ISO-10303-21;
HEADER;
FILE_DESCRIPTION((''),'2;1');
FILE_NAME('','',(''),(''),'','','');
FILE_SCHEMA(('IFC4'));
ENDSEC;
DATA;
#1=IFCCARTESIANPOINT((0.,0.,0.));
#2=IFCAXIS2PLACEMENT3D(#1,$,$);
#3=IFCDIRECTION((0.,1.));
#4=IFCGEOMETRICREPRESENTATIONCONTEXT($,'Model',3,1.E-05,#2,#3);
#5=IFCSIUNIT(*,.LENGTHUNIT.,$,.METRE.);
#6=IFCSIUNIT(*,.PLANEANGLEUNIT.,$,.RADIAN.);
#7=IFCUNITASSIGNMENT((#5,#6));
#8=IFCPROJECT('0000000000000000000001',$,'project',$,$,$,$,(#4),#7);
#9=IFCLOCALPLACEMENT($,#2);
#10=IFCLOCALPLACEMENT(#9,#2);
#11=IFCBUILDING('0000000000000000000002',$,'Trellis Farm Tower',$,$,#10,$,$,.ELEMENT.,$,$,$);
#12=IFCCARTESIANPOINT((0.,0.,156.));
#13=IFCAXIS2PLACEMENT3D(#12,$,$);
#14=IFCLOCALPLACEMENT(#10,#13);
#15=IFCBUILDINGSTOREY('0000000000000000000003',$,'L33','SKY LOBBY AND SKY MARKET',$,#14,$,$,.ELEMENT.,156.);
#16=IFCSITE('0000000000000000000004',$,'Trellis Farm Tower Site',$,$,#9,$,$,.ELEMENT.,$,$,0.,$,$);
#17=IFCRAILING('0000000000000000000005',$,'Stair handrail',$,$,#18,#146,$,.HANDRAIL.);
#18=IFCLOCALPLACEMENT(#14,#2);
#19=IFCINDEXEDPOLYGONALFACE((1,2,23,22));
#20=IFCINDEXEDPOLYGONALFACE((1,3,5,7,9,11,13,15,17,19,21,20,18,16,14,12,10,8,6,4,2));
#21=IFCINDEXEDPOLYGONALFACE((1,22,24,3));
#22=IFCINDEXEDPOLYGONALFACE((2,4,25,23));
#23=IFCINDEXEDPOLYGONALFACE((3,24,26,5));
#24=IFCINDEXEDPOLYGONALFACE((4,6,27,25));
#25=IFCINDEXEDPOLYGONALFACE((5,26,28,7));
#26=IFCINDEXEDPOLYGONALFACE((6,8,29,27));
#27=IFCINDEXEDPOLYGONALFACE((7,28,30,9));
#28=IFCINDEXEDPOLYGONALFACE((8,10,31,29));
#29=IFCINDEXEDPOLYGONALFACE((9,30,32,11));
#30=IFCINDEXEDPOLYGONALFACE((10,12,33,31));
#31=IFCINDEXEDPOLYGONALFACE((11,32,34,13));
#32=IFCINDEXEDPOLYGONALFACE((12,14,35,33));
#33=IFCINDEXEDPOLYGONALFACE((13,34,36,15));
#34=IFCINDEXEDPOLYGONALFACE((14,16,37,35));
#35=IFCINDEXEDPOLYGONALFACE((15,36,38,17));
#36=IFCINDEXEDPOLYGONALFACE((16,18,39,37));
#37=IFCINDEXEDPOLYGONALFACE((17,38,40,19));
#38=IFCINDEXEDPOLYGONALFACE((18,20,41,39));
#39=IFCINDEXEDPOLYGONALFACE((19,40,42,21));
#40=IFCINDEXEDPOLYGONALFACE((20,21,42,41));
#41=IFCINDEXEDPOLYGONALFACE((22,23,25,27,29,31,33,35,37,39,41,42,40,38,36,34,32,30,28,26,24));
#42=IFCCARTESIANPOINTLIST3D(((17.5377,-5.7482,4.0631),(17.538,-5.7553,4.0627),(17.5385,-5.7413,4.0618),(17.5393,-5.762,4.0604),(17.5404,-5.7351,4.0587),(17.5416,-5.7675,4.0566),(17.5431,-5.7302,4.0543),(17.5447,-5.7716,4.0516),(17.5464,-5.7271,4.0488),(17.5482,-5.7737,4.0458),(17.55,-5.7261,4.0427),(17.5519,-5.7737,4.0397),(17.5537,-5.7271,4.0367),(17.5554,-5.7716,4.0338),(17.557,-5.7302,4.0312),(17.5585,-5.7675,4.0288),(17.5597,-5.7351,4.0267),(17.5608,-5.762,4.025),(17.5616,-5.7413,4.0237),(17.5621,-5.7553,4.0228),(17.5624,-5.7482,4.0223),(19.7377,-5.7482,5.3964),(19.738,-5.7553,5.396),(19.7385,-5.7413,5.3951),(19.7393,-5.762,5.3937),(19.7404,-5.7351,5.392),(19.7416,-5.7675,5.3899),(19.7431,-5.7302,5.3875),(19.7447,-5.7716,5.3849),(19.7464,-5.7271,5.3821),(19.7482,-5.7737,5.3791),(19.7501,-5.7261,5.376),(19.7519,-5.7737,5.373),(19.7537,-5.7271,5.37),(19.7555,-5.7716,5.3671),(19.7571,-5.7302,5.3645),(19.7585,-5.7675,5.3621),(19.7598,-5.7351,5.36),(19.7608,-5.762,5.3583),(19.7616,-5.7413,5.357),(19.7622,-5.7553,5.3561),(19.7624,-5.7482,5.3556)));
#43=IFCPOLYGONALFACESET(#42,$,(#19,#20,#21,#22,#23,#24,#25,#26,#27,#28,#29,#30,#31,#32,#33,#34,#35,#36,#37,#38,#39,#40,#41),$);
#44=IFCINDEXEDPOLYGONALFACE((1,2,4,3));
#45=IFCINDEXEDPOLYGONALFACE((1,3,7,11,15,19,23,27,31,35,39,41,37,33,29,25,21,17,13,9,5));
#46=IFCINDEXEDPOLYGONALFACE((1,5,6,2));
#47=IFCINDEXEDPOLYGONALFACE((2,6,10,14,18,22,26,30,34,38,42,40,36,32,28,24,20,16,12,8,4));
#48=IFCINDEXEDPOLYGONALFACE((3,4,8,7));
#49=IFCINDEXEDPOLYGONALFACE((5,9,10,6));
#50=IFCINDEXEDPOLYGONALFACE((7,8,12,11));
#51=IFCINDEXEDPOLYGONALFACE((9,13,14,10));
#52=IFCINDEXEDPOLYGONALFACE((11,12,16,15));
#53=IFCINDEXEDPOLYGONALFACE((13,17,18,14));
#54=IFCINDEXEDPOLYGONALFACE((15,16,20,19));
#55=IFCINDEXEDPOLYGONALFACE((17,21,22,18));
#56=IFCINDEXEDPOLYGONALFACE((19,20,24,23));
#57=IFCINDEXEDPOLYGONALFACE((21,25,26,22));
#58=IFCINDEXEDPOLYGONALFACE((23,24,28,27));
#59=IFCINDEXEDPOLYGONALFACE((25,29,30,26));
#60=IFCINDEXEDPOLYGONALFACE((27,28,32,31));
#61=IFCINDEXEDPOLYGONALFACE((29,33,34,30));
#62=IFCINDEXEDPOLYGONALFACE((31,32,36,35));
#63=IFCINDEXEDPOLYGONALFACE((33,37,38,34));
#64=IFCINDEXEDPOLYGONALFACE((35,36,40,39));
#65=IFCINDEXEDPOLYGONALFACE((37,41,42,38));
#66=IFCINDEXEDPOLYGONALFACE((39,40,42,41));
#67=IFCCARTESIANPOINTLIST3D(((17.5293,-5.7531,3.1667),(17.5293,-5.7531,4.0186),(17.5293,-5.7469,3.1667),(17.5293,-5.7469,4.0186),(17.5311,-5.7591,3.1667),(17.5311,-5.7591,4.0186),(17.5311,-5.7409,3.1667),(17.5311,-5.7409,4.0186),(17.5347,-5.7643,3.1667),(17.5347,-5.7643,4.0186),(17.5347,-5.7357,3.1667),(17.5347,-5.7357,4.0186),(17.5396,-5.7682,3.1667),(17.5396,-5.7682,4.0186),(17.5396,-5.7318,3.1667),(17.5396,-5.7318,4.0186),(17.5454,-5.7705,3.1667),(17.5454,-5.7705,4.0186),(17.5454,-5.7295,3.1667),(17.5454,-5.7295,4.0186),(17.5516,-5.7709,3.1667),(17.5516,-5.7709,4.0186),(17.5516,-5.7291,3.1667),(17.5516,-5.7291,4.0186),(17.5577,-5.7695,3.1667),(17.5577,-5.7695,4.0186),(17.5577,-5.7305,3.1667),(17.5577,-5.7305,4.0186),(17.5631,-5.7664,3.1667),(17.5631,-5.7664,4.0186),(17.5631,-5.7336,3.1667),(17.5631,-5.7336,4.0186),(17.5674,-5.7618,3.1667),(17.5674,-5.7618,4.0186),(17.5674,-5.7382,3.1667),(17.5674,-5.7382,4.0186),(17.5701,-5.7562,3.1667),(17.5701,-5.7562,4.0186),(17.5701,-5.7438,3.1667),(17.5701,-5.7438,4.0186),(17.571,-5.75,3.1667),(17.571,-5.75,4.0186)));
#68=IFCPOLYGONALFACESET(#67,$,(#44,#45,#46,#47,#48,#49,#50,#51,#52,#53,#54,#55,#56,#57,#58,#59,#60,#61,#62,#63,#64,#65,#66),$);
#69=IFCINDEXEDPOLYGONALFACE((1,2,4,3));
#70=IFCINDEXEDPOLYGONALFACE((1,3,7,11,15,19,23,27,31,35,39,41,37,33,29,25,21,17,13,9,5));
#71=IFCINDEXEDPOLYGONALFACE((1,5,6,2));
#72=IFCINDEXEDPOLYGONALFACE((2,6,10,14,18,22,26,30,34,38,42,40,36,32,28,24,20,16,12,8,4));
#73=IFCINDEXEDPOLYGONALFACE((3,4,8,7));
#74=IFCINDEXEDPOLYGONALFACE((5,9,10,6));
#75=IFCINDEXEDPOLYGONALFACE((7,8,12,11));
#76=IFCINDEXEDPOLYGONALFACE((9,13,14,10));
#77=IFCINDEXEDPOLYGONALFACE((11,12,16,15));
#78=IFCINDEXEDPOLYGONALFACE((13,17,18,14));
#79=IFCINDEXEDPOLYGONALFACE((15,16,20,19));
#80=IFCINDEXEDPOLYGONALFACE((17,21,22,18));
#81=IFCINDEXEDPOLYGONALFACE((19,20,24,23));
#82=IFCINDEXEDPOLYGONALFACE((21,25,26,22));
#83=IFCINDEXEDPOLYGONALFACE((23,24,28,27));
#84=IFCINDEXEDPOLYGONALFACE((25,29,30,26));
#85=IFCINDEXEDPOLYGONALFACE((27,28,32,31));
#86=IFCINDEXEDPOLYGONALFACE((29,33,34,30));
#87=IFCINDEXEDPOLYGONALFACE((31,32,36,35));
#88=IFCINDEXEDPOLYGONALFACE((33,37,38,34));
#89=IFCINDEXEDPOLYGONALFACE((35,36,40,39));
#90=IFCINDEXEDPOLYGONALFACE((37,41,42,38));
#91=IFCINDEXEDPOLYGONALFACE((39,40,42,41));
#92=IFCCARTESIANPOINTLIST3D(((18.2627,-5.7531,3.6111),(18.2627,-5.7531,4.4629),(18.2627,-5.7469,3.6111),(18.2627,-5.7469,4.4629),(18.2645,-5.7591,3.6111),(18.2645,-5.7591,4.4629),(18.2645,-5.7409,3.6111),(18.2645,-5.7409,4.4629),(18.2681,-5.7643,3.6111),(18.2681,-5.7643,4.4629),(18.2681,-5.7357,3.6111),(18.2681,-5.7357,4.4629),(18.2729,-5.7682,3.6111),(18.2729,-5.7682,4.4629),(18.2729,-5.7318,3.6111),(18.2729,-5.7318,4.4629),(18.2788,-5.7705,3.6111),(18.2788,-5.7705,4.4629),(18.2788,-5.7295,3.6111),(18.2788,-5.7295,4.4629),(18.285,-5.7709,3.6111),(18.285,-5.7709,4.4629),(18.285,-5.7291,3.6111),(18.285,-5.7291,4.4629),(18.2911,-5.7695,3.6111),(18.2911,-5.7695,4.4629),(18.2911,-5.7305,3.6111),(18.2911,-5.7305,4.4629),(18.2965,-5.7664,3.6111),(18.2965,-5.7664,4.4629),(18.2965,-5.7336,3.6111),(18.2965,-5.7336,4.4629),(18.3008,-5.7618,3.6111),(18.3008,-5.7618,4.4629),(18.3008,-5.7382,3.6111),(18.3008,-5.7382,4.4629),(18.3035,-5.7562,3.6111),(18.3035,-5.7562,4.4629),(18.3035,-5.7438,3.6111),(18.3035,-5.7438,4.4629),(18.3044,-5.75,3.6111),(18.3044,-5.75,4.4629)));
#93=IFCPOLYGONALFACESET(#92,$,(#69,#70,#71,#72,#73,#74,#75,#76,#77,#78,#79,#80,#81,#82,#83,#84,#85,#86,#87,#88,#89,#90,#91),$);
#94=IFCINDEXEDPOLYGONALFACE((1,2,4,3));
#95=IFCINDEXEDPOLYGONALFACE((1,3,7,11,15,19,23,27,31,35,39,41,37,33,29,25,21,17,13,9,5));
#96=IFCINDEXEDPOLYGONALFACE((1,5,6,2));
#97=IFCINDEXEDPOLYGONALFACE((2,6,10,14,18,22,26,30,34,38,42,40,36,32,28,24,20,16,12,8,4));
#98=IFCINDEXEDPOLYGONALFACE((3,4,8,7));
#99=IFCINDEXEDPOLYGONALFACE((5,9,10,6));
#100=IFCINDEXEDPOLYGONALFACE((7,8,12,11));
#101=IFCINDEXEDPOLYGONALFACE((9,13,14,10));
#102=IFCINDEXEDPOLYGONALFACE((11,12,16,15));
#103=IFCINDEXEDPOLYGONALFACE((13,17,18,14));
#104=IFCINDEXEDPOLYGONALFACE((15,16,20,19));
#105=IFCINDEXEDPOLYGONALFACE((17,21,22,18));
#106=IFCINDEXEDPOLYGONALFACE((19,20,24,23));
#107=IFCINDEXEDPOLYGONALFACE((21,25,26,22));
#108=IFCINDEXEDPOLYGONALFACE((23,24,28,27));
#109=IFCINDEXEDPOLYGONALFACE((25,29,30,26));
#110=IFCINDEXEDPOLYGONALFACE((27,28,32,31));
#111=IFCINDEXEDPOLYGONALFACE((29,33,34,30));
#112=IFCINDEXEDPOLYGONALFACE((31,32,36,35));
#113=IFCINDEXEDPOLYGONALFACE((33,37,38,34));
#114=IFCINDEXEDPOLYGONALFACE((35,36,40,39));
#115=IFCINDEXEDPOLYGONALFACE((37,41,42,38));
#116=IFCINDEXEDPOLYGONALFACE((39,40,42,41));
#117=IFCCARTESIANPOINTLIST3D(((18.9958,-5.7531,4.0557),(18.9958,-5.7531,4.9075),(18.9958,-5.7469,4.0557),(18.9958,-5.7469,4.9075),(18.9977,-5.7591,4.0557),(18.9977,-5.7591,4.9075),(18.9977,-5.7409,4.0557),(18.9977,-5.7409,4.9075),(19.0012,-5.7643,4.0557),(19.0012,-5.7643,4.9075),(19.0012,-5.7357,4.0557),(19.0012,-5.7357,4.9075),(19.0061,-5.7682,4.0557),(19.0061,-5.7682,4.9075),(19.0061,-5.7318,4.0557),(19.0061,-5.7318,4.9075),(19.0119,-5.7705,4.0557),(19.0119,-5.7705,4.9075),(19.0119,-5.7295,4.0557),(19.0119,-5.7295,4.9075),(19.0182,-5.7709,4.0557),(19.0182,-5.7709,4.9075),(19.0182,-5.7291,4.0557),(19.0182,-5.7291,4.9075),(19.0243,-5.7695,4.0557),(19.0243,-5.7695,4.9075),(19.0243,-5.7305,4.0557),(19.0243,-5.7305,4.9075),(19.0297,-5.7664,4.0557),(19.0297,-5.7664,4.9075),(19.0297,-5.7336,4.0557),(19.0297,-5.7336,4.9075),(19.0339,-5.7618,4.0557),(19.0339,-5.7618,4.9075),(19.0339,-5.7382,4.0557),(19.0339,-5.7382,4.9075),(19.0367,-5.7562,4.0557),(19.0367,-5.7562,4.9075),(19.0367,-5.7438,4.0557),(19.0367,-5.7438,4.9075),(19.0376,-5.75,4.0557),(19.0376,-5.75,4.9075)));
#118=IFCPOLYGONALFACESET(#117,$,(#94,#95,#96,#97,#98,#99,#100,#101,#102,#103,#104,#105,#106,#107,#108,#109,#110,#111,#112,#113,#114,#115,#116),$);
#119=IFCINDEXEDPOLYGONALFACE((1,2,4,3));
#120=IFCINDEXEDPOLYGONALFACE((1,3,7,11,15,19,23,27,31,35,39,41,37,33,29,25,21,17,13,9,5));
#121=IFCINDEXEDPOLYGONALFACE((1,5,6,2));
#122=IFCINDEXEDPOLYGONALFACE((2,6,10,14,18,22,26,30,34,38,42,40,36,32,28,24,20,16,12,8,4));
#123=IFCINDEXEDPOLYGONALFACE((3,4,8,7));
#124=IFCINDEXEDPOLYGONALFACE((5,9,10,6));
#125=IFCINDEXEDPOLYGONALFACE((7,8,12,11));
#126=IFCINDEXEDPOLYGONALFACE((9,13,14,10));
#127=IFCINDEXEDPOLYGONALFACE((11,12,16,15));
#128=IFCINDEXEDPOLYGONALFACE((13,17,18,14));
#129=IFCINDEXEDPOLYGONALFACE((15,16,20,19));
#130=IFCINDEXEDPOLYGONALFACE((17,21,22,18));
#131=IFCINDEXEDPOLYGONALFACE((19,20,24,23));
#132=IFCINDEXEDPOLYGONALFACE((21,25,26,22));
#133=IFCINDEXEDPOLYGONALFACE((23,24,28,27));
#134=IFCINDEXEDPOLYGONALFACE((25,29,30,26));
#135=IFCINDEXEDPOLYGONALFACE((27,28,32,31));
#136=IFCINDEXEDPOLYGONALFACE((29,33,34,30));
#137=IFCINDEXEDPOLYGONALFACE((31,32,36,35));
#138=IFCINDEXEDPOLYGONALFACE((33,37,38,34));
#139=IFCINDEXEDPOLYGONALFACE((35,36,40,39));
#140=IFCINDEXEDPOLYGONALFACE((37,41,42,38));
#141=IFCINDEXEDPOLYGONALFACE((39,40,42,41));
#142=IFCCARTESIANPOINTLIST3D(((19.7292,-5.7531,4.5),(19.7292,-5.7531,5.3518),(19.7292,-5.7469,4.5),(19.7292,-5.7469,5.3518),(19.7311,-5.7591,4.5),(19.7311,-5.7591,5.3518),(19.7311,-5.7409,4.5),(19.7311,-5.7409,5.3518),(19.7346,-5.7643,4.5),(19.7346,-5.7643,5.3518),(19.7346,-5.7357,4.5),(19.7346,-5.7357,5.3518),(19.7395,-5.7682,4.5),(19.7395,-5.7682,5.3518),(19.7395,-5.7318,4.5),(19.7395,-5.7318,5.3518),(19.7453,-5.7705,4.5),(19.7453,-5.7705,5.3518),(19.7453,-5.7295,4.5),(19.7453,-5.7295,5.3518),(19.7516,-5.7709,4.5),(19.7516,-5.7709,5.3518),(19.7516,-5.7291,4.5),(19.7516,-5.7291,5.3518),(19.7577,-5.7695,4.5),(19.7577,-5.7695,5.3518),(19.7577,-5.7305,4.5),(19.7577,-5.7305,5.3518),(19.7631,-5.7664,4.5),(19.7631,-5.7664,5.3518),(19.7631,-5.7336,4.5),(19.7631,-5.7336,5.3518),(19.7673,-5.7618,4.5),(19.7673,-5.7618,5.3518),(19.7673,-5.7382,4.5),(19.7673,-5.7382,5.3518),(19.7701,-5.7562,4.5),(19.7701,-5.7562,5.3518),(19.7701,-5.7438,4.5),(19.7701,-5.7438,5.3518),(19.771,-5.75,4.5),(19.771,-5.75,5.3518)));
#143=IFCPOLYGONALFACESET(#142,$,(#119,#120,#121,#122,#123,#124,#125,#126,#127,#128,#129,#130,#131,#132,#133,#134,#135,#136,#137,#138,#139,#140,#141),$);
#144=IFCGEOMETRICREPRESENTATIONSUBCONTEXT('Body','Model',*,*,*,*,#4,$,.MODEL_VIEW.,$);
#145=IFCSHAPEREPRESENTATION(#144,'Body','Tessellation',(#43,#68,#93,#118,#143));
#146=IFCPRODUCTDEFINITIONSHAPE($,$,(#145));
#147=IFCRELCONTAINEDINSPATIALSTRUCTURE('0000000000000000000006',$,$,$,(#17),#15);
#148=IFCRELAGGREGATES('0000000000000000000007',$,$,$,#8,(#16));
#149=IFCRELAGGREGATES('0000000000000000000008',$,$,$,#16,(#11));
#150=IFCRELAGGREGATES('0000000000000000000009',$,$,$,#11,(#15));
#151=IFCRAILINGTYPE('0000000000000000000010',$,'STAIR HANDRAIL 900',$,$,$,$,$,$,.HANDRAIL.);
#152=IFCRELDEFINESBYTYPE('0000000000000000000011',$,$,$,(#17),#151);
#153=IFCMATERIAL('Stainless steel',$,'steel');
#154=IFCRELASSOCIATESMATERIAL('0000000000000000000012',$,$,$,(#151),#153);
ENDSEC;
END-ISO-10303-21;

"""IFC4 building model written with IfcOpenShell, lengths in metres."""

from ifc_helpers import new_model, si_unit, direction, frame, origin, origin_2d, place, context, subcontext, project, spatial, circle, extrude, source, transform, mapped, material, type_object, element, save


model = new_model("IFC4")

# Units and contexts
model_context = context("Model", 3, precision=1e-05, world=origin(), true_north=direction((0.0, 1.0)))
body_context = subcontext(model_context, "Body", "Model", "MODEL_VIEW")
ifc_project = project(units=[si_unit("LENGTHUNIT", "METRE"), si_unit("PLANEANGLEUNIT", "RADIAN")], contexts=[model_context])

# Site, building, storey
site_placement = place(None, origin())
site = spatial("IfcSite", under=ifc_project, at=site_placement, Name="Trellis Farm Tower Site", CompositionType="ELEMENT", RefElevation=0.0)
building_placement = place(site_placement, origin())
building = spatial("IfcBuilding", under=site, at=building_placement, Name="Trellis Farm Tower", CompositionType="ELEMENT")
storey_placement = place(building_placement, frame((0.0, 0.0, 156.0)))
storey = spatial("IfcBuildingStorey", under=building, at=storey_placement, Name="L33", Description="SKY LOBBY AND SKY MARKET", CompositionType="ELEMENT", Elevation=156.0)

# Railing
ifc_material_1 = material(Name="Stainless steel", Category="steel")
railing_type = type_object("IfcRailingType", Name="STAIR HANDRAIL 900", PredefinedType="HANDRAIL", material=ifc_material_1)
shared_shape_1 = source(origin(), body_context, "Body", "SweptSolid", [
    extrude(circle(Radius=0.0239, at=origin_2d()), frame((0.0, 0.0, 0.876), z_axis=(0.855207, 0.0, 0.518287), x_axis=(0.0, 1.0, 0.0)), (0.0, 0.0, 1.0), 2.5725),
    extrude(circle(Radius=0.021, at=origin_2d()), origin(), (0.0, 0.0, 1.0), 0.8518),
    extrude(circle(Radius=0.021, at=origin_2d()), frame((0.7334, 0.0, 0.4443)), (0.0, 0.0, 1.0), 0.8518),
    extrude(circle(Radius=0.021, at=origin_2d()), frame((1.4666, 0.0, 0.8889)), (0.0, 0.0, 1.0), 0.8518),
    extrude(circle(Radius=0.021, at=origin_2d()), frame((2.2, 0.0, 1.3333)), (0.0, 0.0, 1.0), 0.8518),
])
for number, where, name in (
    (1, (17.55, -5.75, 3.1667), "Stair handrail"),
):
    element("IfcRailing", number, at=place(storey_placement, frame(where)), inside=storey, type_object=railing_type, Name=name, PredefinedType="HANDRAIL", context=body_context, shape_type="MappedRepresentation", body=[
        mapped(shared_shape_1, transform((0.0, 0.0, 0.0))),
    ])

save(model, "model.ifc")
